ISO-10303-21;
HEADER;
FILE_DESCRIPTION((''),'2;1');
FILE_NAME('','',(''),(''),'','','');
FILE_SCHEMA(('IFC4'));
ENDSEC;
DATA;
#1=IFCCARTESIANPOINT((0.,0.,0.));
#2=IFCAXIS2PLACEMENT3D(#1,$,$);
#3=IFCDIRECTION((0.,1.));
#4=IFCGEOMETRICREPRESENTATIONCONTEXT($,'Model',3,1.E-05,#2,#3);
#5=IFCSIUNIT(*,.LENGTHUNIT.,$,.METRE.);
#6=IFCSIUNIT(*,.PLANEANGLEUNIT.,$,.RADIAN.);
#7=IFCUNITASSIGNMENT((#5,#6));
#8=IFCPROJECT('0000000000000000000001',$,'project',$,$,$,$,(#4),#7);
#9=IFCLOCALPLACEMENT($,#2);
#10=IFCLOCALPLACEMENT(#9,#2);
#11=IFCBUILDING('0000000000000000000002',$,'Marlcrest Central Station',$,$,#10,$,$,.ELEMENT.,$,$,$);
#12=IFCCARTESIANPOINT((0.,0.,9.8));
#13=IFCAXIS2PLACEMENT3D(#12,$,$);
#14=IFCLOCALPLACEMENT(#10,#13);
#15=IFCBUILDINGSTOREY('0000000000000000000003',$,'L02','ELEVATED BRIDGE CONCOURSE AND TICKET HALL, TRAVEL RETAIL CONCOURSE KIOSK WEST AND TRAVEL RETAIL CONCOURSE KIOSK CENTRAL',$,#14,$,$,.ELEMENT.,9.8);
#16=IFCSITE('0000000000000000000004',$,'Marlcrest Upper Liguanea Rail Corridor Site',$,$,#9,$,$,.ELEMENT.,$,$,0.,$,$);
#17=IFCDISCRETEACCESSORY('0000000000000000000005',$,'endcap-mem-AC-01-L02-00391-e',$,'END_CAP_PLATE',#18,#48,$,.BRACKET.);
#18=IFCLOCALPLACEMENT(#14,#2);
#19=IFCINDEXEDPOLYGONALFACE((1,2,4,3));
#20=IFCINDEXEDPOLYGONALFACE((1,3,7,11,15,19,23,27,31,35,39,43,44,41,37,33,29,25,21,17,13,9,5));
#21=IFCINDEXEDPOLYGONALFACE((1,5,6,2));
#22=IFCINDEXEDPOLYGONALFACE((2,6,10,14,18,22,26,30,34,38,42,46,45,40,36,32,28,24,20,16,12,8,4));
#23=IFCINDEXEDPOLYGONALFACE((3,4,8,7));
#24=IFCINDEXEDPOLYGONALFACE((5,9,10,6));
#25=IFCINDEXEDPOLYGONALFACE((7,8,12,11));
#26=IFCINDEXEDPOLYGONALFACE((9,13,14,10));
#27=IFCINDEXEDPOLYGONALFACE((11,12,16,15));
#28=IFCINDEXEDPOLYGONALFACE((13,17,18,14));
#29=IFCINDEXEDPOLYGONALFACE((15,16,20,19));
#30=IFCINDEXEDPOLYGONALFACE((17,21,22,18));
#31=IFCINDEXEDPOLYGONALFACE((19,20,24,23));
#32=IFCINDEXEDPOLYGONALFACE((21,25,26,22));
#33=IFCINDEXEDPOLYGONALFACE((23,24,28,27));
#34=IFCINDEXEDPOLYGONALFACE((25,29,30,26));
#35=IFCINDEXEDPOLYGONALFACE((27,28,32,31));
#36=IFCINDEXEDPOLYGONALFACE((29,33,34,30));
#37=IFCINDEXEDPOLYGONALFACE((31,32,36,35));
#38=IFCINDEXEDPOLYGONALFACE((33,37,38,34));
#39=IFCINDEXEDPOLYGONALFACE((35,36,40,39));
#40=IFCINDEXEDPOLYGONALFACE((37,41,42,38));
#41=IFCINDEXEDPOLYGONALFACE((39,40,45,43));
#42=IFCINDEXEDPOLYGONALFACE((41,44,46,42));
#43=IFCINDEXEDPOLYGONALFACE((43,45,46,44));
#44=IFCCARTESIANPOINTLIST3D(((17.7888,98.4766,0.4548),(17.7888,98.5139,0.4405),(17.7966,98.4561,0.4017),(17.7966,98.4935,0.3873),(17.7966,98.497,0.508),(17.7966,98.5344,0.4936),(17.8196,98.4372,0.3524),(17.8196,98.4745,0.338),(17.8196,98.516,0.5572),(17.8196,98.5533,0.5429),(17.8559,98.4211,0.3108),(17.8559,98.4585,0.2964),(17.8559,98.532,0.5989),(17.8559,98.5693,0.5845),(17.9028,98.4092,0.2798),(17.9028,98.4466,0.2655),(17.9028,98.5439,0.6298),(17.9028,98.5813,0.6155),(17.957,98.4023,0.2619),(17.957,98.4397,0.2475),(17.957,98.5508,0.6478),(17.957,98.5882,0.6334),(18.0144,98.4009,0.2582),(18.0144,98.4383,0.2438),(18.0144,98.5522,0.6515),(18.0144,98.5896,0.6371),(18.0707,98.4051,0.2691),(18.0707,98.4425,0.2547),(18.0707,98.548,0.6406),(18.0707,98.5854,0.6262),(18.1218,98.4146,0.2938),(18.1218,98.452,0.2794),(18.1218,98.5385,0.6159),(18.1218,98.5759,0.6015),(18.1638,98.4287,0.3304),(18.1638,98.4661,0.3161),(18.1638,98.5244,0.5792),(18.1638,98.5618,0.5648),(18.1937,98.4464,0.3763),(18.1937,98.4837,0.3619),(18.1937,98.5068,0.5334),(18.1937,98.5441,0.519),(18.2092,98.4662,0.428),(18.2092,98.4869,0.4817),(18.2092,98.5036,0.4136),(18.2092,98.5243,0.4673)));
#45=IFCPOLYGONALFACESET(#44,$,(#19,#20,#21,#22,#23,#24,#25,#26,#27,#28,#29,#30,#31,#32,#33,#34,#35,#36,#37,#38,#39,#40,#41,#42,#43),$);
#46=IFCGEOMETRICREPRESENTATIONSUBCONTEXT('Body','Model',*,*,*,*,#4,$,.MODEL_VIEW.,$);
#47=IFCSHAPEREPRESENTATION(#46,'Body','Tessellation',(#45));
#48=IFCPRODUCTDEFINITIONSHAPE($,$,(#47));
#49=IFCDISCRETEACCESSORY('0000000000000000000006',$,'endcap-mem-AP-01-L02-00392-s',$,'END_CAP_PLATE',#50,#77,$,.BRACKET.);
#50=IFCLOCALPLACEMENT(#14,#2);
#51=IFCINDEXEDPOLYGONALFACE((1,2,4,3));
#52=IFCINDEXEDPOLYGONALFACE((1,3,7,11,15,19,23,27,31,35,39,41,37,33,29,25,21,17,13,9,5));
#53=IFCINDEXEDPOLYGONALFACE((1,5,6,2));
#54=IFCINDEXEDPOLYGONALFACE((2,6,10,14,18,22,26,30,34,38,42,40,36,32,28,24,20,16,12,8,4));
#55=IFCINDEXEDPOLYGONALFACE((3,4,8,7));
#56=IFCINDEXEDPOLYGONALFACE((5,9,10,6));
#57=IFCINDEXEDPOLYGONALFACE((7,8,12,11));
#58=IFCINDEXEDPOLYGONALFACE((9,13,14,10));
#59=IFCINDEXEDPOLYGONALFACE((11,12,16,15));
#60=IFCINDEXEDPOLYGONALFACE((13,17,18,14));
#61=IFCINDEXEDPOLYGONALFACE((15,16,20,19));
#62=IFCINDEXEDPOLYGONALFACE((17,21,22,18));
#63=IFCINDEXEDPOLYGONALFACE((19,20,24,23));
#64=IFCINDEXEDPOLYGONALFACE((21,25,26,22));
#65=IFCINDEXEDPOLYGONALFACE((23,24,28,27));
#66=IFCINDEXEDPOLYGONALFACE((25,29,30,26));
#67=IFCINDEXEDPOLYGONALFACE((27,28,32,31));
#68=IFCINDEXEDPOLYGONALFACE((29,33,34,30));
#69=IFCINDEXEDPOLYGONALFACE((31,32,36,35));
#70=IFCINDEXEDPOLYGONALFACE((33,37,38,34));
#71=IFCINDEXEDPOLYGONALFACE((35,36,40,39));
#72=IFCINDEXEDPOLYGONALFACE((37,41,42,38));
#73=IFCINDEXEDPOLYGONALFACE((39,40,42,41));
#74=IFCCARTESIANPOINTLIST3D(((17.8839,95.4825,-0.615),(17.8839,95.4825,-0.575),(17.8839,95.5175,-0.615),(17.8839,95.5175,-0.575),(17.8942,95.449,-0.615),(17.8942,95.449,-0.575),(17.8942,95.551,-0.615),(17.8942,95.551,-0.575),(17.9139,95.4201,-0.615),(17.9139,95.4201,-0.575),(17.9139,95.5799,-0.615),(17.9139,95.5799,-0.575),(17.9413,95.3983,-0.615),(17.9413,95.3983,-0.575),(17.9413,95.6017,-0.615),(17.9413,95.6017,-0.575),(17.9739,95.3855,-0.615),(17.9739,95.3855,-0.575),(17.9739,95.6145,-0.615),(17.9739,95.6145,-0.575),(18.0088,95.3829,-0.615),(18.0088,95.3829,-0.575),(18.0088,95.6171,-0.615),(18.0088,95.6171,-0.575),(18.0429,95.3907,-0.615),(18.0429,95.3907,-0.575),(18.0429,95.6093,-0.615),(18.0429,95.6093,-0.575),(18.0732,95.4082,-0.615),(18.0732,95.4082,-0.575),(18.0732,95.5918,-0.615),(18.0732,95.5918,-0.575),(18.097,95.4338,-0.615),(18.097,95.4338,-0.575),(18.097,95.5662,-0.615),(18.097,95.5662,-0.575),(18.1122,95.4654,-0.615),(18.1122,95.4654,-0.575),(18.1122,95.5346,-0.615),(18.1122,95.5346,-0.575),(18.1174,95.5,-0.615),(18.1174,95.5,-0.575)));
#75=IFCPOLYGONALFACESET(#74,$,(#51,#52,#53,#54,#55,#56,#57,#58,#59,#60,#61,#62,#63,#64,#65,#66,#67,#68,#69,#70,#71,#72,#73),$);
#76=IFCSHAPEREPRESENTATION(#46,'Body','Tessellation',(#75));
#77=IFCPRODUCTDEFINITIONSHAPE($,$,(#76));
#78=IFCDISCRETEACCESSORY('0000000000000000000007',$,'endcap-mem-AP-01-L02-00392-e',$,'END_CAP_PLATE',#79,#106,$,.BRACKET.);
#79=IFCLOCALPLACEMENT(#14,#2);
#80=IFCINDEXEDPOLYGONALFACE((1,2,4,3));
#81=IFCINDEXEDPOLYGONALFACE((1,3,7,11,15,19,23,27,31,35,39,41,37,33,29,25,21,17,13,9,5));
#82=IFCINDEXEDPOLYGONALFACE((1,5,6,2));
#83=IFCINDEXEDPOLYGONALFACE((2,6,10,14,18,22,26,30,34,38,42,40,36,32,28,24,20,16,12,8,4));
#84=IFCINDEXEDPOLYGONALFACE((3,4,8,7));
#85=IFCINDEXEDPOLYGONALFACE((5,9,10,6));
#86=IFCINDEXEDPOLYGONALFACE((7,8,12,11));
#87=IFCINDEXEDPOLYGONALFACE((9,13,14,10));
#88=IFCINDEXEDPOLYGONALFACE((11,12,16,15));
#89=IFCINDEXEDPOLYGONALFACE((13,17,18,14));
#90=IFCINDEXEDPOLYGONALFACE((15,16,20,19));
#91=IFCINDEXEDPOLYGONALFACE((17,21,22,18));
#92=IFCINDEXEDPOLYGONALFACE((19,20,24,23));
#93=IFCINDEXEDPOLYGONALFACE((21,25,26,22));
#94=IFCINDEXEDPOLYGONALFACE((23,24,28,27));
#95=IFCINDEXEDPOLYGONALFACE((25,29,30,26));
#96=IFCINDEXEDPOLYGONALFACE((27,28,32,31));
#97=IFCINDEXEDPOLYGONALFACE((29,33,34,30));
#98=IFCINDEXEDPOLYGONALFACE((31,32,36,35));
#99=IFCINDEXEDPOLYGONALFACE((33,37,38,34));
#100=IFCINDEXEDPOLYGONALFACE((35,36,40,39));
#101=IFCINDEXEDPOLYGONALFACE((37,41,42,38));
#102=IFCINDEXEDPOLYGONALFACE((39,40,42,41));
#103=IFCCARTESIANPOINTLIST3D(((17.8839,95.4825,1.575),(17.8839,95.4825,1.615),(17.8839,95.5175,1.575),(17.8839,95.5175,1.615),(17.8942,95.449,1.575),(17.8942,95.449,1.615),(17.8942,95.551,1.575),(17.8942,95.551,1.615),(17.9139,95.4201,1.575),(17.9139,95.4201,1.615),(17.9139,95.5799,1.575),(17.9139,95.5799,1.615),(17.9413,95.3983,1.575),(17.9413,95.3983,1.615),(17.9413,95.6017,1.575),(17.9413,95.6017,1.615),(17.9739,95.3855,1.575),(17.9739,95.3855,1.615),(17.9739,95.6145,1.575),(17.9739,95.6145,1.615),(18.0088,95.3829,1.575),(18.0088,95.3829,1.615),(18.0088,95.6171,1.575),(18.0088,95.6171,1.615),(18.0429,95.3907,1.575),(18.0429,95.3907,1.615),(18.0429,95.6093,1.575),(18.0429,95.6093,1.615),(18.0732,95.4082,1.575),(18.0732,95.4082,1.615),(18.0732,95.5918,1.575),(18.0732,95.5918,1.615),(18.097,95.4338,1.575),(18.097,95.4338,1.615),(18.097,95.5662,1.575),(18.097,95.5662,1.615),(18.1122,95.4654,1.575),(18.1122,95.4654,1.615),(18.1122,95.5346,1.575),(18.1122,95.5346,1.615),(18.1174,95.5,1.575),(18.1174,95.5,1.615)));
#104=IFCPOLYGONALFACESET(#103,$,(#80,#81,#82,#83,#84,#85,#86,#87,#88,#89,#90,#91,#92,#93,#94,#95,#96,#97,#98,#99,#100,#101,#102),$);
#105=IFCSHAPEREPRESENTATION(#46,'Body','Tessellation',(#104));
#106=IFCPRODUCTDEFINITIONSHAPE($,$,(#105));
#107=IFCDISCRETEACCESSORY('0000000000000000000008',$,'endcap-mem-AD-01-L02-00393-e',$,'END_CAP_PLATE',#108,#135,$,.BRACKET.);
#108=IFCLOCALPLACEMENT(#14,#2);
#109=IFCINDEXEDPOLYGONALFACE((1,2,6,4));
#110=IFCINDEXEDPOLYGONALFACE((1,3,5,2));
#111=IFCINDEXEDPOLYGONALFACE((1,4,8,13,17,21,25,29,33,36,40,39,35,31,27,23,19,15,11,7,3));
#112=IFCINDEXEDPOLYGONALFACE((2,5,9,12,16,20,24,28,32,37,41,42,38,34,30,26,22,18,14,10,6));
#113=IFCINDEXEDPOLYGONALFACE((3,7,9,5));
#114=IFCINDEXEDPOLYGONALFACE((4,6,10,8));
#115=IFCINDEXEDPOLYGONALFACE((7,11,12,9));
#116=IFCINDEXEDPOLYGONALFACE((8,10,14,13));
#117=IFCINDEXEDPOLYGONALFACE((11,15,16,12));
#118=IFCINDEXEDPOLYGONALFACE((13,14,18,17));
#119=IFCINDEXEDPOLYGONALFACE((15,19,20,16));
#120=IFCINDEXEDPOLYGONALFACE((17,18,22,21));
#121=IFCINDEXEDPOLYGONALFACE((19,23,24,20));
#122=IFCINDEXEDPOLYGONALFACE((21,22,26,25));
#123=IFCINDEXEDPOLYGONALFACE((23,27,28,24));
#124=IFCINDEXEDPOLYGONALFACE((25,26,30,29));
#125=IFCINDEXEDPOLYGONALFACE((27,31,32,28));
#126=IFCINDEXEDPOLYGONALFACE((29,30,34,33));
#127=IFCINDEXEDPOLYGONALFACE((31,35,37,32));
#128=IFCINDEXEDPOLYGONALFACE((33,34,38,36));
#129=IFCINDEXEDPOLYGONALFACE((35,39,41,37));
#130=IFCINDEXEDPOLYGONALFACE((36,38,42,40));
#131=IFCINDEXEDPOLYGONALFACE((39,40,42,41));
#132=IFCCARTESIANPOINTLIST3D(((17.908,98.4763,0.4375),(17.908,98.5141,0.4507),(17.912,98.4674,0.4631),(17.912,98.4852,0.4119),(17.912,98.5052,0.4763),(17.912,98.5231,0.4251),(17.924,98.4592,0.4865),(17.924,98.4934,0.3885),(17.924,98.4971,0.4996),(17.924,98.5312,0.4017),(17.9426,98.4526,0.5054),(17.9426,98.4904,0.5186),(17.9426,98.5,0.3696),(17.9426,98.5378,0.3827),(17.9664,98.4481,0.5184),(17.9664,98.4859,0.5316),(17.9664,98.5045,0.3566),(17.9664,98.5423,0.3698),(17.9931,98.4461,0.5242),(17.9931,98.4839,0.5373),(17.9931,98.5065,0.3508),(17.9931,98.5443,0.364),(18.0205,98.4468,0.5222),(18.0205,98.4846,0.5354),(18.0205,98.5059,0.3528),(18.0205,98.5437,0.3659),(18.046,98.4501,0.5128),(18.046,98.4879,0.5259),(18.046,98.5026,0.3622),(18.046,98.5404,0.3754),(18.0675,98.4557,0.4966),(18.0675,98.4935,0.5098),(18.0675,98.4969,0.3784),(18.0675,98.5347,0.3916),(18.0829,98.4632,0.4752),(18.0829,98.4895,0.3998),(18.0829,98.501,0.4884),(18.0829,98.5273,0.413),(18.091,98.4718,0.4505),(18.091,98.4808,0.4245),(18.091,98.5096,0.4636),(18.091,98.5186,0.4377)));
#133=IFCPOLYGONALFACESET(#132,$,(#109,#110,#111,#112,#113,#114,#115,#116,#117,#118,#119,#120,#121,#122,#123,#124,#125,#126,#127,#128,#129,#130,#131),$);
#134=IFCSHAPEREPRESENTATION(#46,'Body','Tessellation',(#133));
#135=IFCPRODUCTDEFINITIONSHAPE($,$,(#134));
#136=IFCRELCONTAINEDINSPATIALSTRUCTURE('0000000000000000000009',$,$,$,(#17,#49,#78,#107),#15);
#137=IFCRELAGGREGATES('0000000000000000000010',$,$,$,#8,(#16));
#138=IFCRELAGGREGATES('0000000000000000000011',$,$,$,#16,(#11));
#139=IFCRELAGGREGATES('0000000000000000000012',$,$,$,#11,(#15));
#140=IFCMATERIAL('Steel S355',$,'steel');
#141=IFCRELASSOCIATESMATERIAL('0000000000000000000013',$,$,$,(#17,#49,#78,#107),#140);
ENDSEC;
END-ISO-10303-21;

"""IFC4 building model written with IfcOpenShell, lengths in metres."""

from ifc_helpers import new_model, si_unit, direction, frame, origin, origin_2d, place, context, subcontext, project, spatial, circle, extrude, material, element, save


model = new_model("IFC4")

# Units and contexts
model_context = context("Model", 3, precision=1e-05, world=origin(), true_north=direction((0.0, 1.0)))
body_context = subcontext(model_context, "Body", "Model", "MODEL_VIEW")
ifc_project = project(units=[si_unit("LENGTHUNIT", "METRE"), si_unit("PLANEANGLEUNIT", "RADIAN")], contexts=[model_context])

# Site, building, storey
site_placement = place(None, origin())
site = spatial("IfcSite", under=ifc_project, at=site_placement, Name="Marlcrest Upper Liguanea Rail Corridor Site", CompositionType="ELEMENT", RefElevation=0.0)
building_placement = place(site_placement, origin())
building = spatial("IfcBuilding", under=site, at=building_placement, Name="Marlcrest Central Station", CompositionType="ELEMENT")
storey_placement = place(building_placement, frame((0.0, 0.0, 9.8)))
storey = spatial("IfcBuildingStorey", under=building, at=storey_placement, Name="L02", Description="ELEVATED BRIDGE CONCOURSE AND TICKET HALL, TRAVEL RETAIL CONCOURSE KIOSK WEST AND TRAVEL RETAIL CONCOURSE KIOSK CENTRAL", CompositionType="ELEMENT", Elevation=9.8)

# Shared definitions
ifc_material_1 = material(Name="Steel S355", Category="steel")

# Discrete accessories
discrete_accessory_1_placement = place(storey_placement, frame((18.0, 98.4766, 0.4548), z_axis=(0.0, 0.933324, -0.359035), x_axis=(-1.0, 0.0, 0.0)))
element("IfcDiscreteAccessory", 1, at=discrete_accessory_1_placement, inside=storey, material=ifc_material_1, Name="endcap-mem-AC-01-L02-00391-e", ObjectType="END_CAP_PLATE", PredefinedType="BRACKET", context=body_context, shape_type="SweptSolid", body=[
    extrude(circle(Radius=0.2112, at=origin_2d()), origin(), (0.0, 0.0, 1.0), 0.04),
])
for number, where, z_axis, x_axis, name in (
    (2, (18.0, 95.5, -0.615), (0.0, 0.0, 1.0), (1.0, 0.0, 0.0), "endcap-mem-AP-01-L02-00392-s"),
    (3, (18.0, 95.5, 1.575), (0.0, 0.0, 1.0), (1.0, 0.0, 0.0), "endcap-mem-AP-01-L02-00392-e"),
):
    element("IfcDiscreteAccessory", number, at=place(storey_placement, frame(where, z_axis=z_axis, x_axis=x_axis)), inside=storey, material=ifc_material_1, Name=name, ObjectType="END_CAP_PLATE", PredefinedType="BRACKET", context=body_context, shape_type="SweptSolid", body=[
        extrude(circle(Radius=0.1174, at=origin_2d()), origin(), (0.0, 0.0, 1.0), 0.04),
    ])
discrete_accessory_2_placement = place(storey_placement, frame((18.0, 98.4763, 0.4375), z_axis=(0.0, 0.94426, 0.3292), x_axis=(-1.0, 0.0, 0.0)))
element("IfcDiscreteAccessory", 4, at=discrete_accessory_2_placement, inside=storey, material=ifc_material_1, Name="endcap-mem-AD-01-L02-00393-e", ObjectType="END_CAP_PLATE", PredefinedType="BRACKET", context=body_context, shape_type="SweptSolid", body=[
    extrude(circle(Radius=0.092, at=origin_2d()), origin(), (0.0, 0.0, 1.0), 0.04),
])

save(model, "model.ifc")
